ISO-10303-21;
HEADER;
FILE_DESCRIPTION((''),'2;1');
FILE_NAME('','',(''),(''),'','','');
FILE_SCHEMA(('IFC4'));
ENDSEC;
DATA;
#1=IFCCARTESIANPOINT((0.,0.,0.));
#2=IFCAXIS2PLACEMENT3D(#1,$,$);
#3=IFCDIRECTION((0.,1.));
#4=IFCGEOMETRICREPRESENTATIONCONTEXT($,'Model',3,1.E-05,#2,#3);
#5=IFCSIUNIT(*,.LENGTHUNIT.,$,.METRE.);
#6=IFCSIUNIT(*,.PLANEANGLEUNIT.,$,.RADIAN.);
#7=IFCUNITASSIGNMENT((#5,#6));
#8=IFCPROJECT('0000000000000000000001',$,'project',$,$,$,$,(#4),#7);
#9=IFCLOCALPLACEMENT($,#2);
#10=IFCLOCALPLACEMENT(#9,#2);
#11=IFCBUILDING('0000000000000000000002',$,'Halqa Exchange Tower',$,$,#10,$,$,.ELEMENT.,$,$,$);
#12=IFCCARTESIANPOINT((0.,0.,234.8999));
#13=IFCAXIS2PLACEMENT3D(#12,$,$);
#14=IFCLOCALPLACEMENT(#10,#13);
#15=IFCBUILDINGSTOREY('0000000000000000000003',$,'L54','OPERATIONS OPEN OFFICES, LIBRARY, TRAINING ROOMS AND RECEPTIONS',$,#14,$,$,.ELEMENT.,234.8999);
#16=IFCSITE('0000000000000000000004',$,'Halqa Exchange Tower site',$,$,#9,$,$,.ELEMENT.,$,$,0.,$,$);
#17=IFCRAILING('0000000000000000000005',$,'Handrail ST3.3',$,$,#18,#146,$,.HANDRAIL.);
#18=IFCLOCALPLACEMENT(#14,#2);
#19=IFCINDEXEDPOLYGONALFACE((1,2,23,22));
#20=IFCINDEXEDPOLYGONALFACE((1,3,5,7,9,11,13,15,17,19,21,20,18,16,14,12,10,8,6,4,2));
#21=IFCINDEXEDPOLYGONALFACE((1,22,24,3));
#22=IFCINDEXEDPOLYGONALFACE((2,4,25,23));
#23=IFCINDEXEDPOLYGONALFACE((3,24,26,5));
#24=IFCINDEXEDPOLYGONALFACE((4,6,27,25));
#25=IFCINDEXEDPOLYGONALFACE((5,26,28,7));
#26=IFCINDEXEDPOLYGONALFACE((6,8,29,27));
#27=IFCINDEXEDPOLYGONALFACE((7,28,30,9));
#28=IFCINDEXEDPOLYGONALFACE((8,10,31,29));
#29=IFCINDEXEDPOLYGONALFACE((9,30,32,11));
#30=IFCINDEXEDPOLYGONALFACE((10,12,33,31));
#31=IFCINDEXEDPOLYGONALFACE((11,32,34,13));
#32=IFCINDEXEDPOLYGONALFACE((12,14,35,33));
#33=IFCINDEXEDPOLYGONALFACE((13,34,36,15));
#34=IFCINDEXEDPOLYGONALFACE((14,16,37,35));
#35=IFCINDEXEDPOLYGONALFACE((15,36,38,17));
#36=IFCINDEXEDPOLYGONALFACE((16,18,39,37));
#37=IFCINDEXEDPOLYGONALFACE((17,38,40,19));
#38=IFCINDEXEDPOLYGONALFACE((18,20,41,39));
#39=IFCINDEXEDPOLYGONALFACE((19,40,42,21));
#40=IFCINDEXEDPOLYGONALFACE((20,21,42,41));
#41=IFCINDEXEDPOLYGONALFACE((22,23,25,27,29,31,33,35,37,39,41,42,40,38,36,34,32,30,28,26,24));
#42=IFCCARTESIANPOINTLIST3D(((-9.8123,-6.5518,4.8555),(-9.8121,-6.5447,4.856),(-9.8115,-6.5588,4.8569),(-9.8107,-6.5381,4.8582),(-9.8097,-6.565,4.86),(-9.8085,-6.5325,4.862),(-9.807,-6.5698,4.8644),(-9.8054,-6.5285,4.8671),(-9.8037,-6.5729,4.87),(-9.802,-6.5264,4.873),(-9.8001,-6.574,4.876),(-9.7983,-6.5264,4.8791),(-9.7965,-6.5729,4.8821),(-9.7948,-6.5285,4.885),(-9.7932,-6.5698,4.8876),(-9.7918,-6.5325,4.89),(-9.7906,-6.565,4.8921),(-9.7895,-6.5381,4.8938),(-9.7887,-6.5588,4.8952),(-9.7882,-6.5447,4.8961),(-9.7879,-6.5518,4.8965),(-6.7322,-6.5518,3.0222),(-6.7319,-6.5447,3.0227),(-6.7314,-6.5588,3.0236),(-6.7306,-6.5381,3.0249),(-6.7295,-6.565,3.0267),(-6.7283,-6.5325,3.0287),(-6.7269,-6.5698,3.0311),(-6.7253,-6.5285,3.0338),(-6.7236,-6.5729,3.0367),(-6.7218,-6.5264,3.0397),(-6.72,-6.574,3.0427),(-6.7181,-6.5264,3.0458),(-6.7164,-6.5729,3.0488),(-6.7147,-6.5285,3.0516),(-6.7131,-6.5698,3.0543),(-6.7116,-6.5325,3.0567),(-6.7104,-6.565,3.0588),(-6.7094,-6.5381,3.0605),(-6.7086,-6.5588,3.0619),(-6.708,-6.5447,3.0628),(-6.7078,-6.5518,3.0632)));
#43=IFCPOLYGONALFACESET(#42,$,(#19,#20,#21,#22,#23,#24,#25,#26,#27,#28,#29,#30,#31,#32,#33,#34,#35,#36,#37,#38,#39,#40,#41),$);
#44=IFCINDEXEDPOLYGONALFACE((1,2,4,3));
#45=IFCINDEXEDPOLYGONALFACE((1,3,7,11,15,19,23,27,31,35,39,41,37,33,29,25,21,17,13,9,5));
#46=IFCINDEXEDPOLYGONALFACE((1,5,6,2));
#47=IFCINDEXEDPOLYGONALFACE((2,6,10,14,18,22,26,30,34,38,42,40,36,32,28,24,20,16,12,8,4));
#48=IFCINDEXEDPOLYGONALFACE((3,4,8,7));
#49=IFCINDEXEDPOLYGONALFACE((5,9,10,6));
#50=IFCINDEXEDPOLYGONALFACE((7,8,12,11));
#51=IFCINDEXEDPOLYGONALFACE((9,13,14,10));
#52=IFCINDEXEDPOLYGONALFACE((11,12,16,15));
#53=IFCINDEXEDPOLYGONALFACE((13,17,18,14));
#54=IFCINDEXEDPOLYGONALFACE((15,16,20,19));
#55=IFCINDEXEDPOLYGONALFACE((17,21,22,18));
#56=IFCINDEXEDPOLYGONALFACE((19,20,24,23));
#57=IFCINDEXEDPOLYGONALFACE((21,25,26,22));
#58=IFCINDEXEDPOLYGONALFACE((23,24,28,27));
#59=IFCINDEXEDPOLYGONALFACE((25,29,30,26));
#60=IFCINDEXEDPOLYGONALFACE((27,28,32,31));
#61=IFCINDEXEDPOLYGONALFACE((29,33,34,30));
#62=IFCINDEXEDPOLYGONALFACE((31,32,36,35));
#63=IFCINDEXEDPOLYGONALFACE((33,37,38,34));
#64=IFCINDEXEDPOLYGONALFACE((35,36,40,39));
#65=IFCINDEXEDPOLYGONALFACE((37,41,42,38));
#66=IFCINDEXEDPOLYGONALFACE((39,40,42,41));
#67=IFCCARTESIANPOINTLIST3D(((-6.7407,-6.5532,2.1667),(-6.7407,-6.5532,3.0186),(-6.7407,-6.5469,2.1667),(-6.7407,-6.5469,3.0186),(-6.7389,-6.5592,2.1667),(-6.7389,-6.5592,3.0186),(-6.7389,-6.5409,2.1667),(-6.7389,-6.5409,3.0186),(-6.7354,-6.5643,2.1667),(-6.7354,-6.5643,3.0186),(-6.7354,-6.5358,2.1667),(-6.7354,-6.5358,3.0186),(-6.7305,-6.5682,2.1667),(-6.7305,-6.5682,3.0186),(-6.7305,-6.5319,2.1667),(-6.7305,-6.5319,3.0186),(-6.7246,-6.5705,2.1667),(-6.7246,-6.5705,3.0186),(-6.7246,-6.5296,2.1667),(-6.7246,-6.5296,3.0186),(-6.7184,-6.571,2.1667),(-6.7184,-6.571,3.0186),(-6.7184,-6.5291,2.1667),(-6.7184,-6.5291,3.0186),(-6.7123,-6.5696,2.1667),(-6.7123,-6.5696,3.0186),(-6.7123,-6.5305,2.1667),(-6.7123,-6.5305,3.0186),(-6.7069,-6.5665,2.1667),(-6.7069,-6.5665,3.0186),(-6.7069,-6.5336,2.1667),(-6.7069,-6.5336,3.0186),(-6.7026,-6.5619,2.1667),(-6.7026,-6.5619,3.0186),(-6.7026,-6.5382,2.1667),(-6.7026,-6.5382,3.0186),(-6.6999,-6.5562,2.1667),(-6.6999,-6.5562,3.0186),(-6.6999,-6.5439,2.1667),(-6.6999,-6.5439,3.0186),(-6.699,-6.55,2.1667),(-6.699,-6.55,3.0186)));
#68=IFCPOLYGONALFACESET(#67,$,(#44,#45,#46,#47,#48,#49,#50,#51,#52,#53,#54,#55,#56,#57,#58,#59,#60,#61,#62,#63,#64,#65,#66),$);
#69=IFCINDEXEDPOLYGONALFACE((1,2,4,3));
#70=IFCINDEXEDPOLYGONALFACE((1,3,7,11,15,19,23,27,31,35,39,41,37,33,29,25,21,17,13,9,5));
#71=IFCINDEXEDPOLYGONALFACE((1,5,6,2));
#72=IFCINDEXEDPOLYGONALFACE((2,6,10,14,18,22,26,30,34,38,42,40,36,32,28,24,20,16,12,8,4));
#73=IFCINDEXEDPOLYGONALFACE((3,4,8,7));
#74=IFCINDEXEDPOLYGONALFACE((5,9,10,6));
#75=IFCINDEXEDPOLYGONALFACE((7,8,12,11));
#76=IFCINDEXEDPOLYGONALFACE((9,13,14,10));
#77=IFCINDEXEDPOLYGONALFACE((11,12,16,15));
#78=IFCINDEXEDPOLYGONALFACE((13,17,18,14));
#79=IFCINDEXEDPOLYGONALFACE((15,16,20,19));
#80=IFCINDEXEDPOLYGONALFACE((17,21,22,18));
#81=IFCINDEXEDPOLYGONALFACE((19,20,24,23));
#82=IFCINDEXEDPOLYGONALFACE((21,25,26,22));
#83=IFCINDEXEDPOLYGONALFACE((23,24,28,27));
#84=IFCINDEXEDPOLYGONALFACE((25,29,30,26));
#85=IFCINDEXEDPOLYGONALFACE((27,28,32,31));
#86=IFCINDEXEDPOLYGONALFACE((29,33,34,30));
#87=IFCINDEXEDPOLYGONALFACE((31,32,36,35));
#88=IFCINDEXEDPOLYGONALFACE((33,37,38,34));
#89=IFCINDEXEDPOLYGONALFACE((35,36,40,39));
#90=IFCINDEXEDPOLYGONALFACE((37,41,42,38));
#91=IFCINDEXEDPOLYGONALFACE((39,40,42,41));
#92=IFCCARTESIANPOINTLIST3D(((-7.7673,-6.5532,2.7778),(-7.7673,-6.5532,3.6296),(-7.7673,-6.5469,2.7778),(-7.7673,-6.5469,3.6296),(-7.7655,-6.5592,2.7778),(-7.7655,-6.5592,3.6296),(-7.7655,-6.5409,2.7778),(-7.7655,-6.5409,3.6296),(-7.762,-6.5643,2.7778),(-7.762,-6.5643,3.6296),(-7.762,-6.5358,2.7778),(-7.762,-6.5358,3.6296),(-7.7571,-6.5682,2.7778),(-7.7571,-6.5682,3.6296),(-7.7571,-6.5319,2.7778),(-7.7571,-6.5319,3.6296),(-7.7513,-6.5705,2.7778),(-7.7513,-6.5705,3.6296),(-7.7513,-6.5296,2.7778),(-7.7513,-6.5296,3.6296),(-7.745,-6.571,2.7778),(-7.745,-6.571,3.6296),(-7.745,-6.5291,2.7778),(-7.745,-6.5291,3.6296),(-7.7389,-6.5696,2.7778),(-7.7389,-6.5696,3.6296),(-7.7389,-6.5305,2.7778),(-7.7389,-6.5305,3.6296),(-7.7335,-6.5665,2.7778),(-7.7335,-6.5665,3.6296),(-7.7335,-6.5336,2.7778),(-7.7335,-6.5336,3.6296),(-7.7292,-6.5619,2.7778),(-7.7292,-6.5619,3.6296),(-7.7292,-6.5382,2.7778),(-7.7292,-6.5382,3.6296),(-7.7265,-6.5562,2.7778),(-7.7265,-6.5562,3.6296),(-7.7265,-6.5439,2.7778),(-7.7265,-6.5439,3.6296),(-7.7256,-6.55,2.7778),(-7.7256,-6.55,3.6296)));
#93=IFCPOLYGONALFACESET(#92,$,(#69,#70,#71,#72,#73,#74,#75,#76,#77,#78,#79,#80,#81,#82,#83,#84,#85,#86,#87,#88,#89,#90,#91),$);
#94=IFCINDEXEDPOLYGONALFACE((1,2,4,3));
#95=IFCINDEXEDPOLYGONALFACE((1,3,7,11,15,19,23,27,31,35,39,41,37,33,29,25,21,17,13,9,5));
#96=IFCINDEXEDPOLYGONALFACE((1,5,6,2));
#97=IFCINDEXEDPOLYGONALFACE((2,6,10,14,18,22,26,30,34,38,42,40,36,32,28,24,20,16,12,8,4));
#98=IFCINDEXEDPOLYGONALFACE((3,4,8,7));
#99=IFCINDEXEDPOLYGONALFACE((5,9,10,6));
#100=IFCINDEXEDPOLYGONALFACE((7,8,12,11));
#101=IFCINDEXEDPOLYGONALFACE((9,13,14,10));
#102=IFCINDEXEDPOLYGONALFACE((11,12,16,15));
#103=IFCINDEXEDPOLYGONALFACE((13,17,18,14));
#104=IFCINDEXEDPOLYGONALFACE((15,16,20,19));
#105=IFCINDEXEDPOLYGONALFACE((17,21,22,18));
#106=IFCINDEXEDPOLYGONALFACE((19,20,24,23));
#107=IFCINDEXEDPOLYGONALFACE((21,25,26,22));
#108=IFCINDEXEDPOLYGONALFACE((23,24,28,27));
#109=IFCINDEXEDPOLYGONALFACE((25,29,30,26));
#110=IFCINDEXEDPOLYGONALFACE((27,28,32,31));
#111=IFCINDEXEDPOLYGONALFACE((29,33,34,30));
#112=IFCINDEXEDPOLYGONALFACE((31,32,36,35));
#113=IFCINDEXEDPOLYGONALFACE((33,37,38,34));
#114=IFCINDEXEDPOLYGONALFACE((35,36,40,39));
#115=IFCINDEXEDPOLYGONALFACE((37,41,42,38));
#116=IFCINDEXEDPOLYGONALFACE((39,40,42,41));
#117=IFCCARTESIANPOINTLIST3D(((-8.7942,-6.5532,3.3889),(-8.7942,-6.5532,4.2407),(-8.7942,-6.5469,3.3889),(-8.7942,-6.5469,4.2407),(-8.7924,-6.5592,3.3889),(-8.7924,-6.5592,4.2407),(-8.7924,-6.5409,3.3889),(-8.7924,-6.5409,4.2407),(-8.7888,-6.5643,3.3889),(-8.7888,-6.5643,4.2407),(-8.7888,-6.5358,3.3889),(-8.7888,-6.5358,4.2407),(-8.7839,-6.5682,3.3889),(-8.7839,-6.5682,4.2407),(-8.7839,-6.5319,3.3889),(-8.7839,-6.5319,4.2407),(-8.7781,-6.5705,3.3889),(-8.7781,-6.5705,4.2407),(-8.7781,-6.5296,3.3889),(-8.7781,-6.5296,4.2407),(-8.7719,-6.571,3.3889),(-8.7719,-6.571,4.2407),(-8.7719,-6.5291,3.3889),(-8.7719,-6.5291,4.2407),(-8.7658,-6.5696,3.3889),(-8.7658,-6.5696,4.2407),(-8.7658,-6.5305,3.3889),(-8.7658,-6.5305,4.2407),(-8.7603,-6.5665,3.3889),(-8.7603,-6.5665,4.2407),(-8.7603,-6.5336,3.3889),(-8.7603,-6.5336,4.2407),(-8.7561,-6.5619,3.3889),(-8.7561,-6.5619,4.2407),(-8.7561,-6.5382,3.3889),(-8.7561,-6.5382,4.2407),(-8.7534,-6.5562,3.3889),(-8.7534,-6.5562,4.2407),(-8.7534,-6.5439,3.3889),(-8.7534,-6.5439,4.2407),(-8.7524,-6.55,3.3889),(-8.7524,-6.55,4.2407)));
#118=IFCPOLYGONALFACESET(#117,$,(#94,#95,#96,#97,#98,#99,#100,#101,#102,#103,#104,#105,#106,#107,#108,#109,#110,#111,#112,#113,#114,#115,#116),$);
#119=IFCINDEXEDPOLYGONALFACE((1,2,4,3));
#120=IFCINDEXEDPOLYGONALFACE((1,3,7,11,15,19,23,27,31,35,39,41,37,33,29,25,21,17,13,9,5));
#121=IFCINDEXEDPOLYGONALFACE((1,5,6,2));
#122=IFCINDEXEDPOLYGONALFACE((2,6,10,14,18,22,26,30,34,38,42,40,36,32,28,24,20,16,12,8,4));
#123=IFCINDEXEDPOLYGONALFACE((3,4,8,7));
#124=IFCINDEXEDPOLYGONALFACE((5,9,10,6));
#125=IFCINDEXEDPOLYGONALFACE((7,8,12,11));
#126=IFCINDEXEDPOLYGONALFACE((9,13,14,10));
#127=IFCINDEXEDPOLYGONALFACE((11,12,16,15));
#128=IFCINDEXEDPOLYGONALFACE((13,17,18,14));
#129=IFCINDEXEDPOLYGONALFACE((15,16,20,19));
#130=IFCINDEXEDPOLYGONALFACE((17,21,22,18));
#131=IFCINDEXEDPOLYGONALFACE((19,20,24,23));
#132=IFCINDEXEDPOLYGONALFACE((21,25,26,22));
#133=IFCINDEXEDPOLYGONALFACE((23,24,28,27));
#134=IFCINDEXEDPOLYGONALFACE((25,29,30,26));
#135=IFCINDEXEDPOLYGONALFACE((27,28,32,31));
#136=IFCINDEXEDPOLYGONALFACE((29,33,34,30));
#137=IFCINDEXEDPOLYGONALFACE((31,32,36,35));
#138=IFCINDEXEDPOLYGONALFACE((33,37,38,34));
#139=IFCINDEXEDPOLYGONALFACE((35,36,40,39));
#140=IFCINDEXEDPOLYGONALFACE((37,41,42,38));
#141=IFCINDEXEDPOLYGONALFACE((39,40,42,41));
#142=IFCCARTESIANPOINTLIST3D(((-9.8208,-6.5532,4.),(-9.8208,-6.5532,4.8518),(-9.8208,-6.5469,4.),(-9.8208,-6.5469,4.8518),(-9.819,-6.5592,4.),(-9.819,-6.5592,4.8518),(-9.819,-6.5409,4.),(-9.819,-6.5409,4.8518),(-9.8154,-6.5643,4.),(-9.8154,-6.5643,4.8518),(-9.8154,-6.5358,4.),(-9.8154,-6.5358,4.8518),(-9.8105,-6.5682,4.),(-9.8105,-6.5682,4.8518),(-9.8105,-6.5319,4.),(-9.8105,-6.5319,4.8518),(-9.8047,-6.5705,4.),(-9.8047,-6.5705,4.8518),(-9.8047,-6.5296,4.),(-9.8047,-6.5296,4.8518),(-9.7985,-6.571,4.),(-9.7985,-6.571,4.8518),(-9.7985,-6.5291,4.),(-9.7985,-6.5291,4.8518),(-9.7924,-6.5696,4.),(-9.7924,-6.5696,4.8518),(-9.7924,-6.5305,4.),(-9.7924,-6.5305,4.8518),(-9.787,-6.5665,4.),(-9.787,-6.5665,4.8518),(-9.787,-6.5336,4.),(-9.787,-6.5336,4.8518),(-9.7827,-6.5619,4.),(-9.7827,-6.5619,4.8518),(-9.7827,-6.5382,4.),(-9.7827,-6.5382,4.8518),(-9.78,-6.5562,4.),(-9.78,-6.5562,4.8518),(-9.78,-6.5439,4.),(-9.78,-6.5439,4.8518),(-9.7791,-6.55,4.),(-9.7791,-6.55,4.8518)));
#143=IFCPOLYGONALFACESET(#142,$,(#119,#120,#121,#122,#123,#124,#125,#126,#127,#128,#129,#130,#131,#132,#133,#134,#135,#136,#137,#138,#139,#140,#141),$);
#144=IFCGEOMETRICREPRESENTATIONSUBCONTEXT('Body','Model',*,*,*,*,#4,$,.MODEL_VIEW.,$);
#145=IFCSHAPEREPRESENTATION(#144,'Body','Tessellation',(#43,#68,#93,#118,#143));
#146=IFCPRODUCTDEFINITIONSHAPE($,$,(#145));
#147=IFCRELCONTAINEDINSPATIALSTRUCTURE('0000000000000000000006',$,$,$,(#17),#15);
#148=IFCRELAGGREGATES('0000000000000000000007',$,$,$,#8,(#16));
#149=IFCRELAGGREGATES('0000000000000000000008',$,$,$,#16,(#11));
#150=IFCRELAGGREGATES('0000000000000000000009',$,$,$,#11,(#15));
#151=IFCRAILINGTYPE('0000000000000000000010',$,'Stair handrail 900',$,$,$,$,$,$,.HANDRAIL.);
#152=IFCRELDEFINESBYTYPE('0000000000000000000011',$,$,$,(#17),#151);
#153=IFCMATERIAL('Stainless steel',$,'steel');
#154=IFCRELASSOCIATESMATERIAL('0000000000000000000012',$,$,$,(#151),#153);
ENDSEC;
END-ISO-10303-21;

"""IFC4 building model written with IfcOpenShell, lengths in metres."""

from ifc_helpers import new_model, si_unit, direction, frame, origin, origin_2d, place, context, subcontext, project, spatial, circle, extrude, material, type_object, element, save


model = new_model("IFC4")

# Units and contexts
model_context = context("Model", 3, precision=1e-05, world=origin(), true_north=direction((0.0, 1.0)))
body_context = subcontext(model_context, "Body", "Model", "MODEL_VIEW")
ifc_project = project(units=[si_unit("LENGTHUNIT", "METRE"), si_unit("PLANEANGLEUNIT", "RADIAN")], contexts=[model_context])

# Site, building, storey
site_placement = place(None, origin())
site = spatial("IfcSite", under=ifc_project, at=site_placement, Name="Halqa Exchange Tower site", CompositionType="ELEMENT", RefElevation=0.0)
building_placement = place(site_placement, origin())
building = spatial("IfcBuilding", under=site, at=building_placement, Name="Halqa Exchange Tower", CompositionType="ELEMENT")
storey_placement = place(building_placement, frame((0.0, 0.0, 234.8999)))
storey = spatial("IfcBuildingStorey", under=building, at=storey_placement, Name="L54", Description="OPERATIONS OPEN OFFICES, LIBRARY, TRAINING ROOMS AND RECEPTIONS", CompositionType="ELEMENT", Elevation=234.8999)

# Shared definitions
ifc_material_1 = material(Name="Stainless steel", Category="steel")

# Railing
railing_type_1 = type_object("IfcRailingType", Name="Stair handrail 900", PredefinedType="HANDRAIL", material=ifc_material_1)
railing_1_placement = place(storey_placement, frame((-6.72, -6.55, 2.1667)))
element("IfcRailing", 1, at=railing_1_placement, inside=storey, type_object=railing_type_1, Name="Handrail ST3.3", PredefinedType="HANDRAIL", context=body_context, shape_type="SweptSolid", body=[
    extrude(circle(Radius=0.0239, at=origin_2d()), frame((0.0, 0.0, 0.876), z_axis=(-0.859309, 0.0, 0.511458), x_axis=(0.0, -1.0, 0.0)), (0.0, 0.0, 1.0), 3.5845),
    extrude(circle(Radius=0.021, at=origin_2d()), origin(), (0.0, 0.0, 1.0), 0.8518),
    extrude(circle(Radius=0.021, at=origin_2d()), frame((-1.0266, 0.0, 0.6111)), (0.0, 0.0, 1.0), 0.8518),
    extrude(circle(Radius=0.021, at=origin_2d()), frame((-2.0535, 0.0, 1.2222)), (0.0, 0.0, 1.0), 0.8518),
    extrude(circle(Radius=0.021, at=origin_2d()), frame((-3.0801, 0.0, 1.8333)), (0.0, 0.0, 1.0), 0.8518),
])

save(model, "model.ifc")
